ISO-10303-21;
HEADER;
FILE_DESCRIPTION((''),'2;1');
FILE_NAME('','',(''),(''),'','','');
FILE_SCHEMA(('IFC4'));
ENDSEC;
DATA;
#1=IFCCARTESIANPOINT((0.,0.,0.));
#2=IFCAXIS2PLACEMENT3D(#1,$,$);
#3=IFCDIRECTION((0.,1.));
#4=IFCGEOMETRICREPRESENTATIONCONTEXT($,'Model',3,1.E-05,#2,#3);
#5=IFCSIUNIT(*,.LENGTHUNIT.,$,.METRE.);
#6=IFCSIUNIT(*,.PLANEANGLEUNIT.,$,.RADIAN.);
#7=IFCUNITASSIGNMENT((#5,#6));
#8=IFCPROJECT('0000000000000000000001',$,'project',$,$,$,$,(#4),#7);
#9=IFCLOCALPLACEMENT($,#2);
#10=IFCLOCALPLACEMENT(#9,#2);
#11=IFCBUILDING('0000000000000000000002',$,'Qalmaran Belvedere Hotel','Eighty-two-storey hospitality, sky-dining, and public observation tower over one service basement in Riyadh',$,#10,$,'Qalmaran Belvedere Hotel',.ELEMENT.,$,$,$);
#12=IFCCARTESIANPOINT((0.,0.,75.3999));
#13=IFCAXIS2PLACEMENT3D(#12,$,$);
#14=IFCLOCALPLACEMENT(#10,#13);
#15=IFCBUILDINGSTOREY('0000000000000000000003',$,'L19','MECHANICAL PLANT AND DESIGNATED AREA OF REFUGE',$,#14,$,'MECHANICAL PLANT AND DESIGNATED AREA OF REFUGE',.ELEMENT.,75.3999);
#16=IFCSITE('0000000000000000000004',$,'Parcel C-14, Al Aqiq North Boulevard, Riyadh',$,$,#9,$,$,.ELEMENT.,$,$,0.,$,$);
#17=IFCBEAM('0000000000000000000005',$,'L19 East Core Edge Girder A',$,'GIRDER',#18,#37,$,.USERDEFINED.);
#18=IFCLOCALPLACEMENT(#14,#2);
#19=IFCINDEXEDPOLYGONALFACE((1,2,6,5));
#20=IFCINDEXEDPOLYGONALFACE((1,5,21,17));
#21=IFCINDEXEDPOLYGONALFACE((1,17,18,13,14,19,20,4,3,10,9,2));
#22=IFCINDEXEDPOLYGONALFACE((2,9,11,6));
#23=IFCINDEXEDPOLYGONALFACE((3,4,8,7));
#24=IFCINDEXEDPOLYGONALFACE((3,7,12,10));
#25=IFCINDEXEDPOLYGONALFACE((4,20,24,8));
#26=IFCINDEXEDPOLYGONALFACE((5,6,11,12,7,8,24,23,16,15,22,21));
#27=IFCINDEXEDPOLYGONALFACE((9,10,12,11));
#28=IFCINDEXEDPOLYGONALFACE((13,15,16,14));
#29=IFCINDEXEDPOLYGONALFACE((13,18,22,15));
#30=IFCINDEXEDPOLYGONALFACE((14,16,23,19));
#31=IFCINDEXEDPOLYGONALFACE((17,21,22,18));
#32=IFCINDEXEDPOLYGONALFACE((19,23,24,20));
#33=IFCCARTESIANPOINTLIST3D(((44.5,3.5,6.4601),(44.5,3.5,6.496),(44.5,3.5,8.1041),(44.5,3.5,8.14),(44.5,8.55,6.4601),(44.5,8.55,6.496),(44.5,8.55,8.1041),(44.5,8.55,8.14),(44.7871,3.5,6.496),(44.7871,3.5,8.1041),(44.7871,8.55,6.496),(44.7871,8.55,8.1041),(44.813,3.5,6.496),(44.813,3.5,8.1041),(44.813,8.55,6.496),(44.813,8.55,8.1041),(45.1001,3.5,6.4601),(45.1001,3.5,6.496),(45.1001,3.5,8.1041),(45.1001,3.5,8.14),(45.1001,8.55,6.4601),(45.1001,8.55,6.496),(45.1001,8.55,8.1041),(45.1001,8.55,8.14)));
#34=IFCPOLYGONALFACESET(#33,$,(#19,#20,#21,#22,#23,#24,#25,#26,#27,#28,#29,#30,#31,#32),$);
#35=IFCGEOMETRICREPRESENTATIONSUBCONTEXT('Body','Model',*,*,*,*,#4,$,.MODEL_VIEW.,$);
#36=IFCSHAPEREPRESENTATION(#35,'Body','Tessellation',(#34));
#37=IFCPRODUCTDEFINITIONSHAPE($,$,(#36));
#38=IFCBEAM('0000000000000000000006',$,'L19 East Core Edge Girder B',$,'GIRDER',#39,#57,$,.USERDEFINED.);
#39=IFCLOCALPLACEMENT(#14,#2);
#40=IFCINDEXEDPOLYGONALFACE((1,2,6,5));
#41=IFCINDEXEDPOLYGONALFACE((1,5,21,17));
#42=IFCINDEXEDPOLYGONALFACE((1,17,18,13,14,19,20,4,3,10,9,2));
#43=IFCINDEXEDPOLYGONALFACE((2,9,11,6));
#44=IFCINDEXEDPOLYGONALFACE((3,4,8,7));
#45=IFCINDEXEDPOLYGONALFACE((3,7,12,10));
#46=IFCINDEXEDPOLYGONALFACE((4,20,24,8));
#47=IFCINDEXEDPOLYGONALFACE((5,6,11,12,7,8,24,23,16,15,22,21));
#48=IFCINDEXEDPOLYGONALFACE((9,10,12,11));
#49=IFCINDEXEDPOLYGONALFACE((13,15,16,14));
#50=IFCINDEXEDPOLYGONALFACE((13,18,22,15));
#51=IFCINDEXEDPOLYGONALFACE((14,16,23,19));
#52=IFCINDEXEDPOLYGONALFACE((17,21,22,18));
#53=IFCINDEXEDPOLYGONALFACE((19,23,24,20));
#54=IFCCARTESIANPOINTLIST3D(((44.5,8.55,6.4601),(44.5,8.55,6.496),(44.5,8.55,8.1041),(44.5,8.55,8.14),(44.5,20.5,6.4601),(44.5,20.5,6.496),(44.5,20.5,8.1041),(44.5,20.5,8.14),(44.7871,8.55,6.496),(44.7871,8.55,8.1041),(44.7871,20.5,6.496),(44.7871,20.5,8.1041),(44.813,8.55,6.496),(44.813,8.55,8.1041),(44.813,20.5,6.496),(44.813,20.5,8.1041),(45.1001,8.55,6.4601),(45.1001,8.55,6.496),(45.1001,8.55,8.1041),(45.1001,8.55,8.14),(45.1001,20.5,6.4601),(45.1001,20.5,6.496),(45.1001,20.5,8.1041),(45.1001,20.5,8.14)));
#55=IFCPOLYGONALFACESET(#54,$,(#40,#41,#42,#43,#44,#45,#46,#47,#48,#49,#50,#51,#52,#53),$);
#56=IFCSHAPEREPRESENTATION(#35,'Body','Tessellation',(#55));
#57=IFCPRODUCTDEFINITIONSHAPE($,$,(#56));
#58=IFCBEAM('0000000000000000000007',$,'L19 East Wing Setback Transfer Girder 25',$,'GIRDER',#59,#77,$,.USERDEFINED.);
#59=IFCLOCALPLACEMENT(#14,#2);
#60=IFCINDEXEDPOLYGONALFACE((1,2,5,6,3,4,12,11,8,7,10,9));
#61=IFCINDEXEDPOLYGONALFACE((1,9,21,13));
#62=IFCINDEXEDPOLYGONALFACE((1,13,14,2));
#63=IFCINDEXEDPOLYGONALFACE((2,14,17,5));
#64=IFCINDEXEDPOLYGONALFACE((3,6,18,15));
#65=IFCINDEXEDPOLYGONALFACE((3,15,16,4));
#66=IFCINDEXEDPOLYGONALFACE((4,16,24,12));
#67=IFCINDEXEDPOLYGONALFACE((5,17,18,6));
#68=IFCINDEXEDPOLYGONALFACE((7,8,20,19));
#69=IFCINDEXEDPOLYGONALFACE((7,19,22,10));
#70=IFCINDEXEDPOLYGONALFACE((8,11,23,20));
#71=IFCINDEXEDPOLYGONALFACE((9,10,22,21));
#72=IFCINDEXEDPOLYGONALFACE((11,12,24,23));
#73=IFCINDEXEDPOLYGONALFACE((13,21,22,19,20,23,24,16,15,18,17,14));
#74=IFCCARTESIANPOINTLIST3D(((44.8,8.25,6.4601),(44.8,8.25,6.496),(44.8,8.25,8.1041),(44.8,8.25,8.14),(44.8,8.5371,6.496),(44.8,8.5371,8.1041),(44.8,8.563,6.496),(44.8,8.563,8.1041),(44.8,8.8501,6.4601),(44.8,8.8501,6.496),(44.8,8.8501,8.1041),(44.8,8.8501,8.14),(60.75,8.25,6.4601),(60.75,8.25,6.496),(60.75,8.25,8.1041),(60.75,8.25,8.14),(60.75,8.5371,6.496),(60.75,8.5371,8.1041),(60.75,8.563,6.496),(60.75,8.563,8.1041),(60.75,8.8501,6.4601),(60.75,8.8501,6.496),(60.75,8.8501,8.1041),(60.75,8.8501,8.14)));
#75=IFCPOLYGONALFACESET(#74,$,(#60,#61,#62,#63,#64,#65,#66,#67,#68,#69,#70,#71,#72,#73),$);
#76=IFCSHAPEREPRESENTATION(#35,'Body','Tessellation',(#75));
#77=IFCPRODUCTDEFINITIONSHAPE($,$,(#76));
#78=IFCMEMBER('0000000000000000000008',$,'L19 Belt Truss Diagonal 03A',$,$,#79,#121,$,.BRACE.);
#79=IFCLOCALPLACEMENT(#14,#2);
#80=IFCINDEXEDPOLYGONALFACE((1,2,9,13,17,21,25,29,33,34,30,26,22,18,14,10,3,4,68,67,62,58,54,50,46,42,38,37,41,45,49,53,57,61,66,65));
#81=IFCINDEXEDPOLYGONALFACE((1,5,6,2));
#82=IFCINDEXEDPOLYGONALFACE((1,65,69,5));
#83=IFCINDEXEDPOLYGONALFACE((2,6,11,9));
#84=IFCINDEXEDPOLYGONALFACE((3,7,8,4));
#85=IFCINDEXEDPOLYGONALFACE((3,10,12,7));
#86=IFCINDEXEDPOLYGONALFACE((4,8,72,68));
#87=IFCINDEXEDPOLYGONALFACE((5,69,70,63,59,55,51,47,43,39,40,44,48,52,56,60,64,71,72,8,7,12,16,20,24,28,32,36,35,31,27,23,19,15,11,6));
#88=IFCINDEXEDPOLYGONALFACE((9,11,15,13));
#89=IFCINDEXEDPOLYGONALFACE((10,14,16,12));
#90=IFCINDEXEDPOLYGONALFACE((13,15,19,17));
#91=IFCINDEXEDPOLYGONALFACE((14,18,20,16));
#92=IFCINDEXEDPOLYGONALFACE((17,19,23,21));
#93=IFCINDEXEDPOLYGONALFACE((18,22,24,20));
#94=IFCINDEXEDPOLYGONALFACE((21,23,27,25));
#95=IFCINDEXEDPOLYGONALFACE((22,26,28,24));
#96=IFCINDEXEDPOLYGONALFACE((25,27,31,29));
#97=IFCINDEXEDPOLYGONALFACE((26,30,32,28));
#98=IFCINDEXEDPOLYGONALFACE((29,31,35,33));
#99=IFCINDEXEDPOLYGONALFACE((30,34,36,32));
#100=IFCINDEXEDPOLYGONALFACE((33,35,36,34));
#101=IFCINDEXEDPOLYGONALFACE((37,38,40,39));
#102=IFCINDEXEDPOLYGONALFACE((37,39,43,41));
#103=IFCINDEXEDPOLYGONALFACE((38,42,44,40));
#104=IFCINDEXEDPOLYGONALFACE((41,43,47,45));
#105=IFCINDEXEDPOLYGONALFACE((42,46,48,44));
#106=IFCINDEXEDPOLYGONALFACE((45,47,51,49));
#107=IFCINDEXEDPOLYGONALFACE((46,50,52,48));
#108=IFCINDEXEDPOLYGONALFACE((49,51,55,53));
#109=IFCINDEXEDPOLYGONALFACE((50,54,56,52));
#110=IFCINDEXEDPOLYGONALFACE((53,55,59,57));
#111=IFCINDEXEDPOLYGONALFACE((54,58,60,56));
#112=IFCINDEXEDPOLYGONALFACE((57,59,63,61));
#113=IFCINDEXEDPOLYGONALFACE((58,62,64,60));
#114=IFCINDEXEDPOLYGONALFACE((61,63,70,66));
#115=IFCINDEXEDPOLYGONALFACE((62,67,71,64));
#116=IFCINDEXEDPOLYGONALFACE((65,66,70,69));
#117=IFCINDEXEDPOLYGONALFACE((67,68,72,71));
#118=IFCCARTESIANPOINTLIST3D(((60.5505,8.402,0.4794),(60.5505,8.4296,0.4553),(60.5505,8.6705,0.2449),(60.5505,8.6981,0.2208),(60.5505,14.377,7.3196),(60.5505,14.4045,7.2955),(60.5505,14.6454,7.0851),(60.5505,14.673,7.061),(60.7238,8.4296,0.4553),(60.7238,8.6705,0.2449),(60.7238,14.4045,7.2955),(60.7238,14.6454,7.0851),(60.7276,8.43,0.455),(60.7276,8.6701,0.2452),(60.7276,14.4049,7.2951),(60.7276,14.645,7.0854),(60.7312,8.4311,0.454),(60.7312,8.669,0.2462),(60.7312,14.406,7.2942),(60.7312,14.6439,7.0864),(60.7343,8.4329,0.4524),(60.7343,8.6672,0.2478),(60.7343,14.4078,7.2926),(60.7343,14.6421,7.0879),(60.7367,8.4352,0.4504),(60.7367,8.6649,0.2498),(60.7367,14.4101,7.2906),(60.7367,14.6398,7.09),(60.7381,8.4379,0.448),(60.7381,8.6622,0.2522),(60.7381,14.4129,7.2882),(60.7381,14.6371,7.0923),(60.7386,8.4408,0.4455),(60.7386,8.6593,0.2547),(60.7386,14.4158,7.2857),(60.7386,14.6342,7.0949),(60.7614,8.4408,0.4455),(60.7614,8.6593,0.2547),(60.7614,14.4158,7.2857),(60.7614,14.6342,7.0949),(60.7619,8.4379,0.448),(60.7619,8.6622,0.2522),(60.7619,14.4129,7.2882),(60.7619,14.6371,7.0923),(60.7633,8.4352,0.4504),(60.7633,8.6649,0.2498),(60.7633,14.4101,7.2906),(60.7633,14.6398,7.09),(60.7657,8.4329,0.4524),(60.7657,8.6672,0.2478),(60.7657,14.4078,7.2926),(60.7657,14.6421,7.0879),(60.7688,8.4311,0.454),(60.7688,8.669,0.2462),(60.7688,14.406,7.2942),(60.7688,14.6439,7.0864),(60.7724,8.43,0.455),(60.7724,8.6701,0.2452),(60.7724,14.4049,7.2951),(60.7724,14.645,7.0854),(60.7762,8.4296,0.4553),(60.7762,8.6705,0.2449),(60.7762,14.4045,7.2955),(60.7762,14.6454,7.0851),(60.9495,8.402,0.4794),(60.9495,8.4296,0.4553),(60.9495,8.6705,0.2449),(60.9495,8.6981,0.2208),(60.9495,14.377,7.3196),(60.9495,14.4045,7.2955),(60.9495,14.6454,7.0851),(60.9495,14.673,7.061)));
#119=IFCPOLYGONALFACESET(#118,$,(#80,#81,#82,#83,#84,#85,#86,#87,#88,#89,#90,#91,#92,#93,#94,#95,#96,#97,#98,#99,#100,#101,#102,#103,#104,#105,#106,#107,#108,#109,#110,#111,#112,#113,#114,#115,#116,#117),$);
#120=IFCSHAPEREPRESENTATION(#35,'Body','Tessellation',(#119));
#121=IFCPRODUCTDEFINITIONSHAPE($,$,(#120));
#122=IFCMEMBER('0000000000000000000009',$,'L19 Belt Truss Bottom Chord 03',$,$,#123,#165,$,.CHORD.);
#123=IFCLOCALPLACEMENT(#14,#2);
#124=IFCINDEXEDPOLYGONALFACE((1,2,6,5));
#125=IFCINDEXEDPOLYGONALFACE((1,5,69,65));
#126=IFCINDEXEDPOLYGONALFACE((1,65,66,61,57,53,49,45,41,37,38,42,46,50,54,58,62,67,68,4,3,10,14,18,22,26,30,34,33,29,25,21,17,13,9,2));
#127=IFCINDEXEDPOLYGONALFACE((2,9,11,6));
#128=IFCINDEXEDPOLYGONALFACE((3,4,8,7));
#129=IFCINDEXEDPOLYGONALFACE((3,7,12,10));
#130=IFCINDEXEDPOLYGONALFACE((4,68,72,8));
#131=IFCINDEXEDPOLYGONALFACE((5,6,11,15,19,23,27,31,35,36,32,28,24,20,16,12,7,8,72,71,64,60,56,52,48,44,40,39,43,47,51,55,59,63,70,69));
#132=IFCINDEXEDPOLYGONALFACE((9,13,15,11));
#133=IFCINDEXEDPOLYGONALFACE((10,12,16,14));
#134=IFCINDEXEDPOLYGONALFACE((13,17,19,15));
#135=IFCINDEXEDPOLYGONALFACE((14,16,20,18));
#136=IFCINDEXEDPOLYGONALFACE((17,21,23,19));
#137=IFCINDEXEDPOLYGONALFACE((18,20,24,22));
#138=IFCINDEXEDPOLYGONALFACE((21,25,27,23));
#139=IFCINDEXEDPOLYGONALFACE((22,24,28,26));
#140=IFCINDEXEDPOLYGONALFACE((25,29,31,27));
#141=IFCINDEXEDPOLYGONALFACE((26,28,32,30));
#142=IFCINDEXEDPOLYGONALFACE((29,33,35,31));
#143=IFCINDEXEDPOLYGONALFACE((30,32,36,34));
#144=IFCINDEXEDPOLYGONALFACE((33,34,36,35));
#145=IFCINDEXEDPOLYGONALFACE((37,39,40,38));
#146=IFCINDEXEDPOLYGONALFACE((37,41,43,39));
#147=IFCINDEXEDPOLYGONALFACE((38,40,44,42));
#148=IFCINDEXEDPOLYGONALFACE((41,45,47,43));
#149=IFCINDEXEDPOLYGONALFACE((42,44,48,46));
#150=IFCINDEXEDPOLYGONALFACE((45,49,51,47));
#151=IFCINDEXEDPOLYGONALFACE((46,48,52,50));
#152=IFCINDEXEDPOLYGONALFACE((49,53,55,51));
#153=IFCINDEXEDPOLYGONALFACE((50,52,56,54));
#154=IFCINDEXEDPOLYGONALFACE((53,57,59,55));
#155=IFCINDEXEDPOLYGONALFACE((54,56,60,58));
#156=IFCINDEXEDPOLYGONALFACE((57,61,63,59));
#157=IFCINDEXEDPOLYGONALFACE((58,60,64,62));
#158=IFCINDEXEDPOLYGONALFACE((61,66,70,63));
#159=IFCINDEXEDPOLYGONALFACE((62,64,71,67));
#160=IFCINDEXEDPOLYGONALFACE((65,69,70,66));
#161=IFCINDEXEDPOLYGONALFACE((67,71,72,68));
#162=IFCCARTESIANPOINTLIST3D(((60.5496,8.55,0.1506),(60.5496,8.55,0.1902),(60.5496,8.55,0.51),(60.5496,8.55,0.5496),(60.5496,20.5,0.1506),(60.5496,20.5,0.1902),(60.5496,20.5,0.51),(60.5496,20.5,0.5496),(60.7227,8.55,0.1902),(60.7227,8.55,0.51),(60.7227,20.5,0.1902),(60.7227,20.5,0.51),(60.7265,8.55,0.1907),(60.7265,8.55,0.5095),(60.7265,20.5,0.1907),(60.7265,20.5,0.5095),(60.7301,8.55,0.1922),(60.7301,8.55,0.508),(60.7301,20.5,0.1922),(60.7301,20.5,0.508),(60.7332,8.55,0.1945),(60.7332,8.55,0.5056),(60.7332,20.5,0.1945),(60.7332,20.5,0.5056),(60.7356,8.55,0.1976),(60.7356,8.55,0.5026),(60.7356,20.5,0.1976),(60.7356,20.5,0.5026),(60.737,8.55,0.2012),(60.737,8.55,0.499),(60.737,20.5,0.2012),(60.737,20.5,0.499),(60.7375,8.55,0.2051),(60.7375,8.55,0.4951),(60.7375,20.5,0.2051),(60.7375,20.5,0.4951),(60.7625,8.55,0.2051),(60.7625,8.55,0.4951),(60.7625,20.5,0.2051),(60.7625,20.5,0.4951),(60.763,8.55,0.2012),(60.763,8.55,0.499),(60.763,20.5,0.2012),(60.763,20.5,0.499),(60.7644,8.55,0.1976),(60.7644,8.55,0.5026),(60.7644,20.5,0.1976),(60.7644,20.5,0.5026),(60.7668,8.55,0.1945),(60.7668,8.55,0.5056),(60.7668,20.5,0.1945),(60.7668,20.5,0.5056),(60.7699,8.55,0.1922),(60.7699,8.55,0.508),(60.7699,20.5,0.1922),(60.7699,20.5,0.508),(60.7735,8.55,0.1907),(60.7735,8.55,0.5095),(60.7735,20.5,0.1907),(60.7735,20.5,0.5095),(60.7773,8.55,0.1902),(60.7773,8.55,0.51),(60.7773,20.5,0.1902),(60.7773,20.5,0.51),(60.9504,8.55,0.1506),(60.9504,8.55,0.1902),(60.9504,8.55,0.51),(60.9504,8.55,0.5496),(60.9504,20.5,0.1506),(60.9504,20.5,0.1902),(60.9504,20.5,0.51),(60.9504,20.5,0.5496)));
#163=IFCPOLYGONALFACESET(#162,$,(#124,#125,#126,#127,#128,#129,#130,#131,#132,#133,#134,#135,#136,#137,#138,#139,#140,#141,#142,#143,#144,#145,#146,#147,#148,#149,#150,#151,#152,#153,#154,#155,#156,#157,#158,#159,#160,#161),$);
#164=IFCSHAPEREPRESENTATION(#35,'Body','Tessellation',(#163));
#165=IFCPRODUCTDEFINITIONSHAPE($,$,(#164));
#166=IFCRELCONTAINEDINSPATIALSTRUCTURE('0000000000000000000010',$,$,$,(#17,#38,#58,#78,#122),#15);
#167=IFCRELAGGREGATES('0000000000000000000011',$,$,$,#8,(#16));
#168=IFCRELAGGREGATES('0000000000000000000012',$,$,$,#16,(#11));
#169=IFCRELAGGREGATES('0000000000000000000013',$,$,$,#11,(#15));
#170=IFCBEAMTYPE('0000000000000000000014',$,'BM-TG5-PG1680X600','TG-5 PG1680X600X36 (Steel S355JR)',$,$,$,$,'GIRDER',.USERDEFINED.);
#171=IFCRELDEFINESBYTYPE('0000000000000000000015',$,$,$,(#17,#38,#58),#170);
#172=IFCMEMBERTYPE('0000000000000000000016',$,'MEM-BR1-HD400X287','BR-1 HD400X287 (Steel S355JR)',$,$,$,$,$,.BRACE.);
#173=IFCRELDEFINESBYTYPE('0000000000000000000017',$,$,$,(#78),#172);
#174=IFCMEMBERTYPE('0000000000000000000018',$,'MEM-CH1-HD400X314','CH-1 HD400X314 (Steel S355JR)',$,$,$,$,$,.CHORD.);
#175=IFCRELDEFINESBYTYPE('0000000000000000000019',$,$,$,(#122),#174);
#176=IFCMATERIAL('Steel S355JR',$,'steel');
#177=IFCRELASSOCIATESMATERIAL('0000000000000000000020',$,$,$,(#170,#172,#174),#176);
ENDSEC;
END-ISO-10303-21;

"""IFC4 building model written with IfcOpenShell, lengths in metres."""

from ifc_helpers import new_model, si_unit, direction, frame, origin, origin_2d, place, context, subcontext, project, spatial, i_section, extrude, material, material_profile, profile_set, type_object, element, save


model = new_model("IFC4")

# Units and contexts
model_context = context("Model", 3, precision=1e-05, world=origin(), true_north=direction((0.0, 1.0)))
body_context = subcontext(model_context, "Body", "Model", "MODEL_VIEW")
ifc_project = project(units=[si_unit("LENGTHUNIT", "METRE"), si_unit("PLANEANGLEUNIT", "RADIAN")], contexts=[model_context])

# Site, building, storey
site_placement = place(None, origin())
site = spatial("IfcSite", under=ifc_project, at=site_placement, Name="Parcel C-14, Al Aqiq North Boulevard, Riyadh", CompositionType="ELEMENT", RefElevation=0.0)
building_placement = place(site_placement, origin())
building = spatial("IfcBuilding", under=site, at=building_placement, Name="Qalmaran Belvedere Hotel", Description="Eighty-two-storey hospitality, sky-dining, and public observation tower over one service basement in Riyadh", LongName="Qalmaran Belvedere Hotel", CompositionType="ELEMENT")
storey_placement = place(building_placement, frame((0.0, 0.0, 75.3999)))
storey = spatial("IfcBuildingStorey", under=building, at=storey_placement, Name="L19", Description="MECHANICAL PLANT AND DESIGNATED AREA OF REFUGE", LongName="MECHANICAL PLANT AND DESIGNATED AREA OF REFUGE", CompositionType="ELEMENT", Elevation=75.3999)

# Beams
ifc_material_1 = material(Name="Steel S355JR", Category="steel")
ifc_material_profile_1 = material_profile(ifc_material_1, i_section(OverallWidth=0.6001, OverallDepth=1.6799, WebThickness=0.0259, FlangeThickness=0.0359, at=origin_2d()), Name="PG1680X600X36")
ifc_profile_set_1 = profile_set([ifc_material_profile_1], Name="Steel S355JR")
beam_type_1 = type_object("IfcBeamType", Name="BM-TG5-PG1680X600", Description="TG-5 PG1680X600X36 (Steel S355JR)", ElementType="GIRDER", PredefinedType="USERDEFINED", material=ifc_profile_set_1)
beam_1_placement = place(storey_placement, frame((44.8, 3.5, 7.3), z_axis=(0.0, 1.0, 0.0), x_axis=(-1.0, 0.0, 0.0)))
element("IfcBeam", 1, at=beam_1_placement, inside=storey, type_object=beam_type_1, Name="L19 East Core Edge Girder A", ObjectType="GIRDER", PredefinedType="USERDEFINED", context=body_context, shape_type="SweptSolid", body=[
    extrude(i_section(OverallWidth=0.6001, OverallDepth=1.6799, WebThickness=0.0259, FlangeThickness=0.0359, at=origin_2d()), origin(), (0.0, 0.0, 1.0), 5.05),
])
beam_2_placement = place(storey_placement, frame((44.8, 8.55, 7.3), z_axis=(0.0, 1.0, 0.0), x_axis=(-1.0, 0.0, 0.0)))
element("IfcBeam", 2, at=beam_2_placement, inside=storey, type_object=beam_type_1, Name="L19 East Core Edge Girder B", ObjectType="GIRDER", PredefinedType="USERDEFINED", context=body_context, shape_type="SweptSolid", body=[
    extrude(i_section(OverallWidth=0.6001, OverallDepth=1.6799, WebThickness=0.0259, FlangeThickness=0.0359, at=origin_2d()), origin(), (0.0, 0.0, 1.0), 11.95),
])
beam_3_placement = place(storey_placement, frame((44.8, 8.55, 7.3), z_axis=(1.0, 0.0, 0.0), x_axis=(0.0, 1.0, 0.0)))
element("IfcBeam", 3, at=beam_3_placement, inside=storey, type_object=beam_type_1, Name="L19 East Wing Setback Transfer Girder 25", ObjectType="GIRDER", PredefinedType="USERDEFINED", context=body_context, shape_type="SweptSolid", body=[
    extrude(i_section(OverallWidth=0.6001, OverallDepth=1.6799, WebThickness=0.0259, FlangeThickness=0.0359, at=origin_2d()), origin(), (0.0, 0.0, 1.0), 15.95),
])

# Members
ifc_material_profile_2 = material_profile(ifc_material_1, i_section(OverallWidth=0.3989, OverallDepth=0.3931, WebThickness=0.0227, FlangeThickness=0.0366, FilletRadius=0.0149, at=origin_2d()), Name="HD400X287")
ifc_profile_set_2 = profile_set([ifc_material_profile_2], Name="Steel S355JR")
member_type_1 = type_object("IfcMemberType", Name="MEM-BR1-HD400X287", Description="BR-1 HD400X287 (Steel S355JR)", PredefinedType="BRACE", material=ifc_profile_set_2)
member_1_placement = place(storey_placement, frame((60.75, 8.55, 0.3501), z_axis=(0.0, 0.657867, 0.753134), x_axis=(-1.0, 0.0, 0.0)))
element("IfcMember", 4, at=member_1_placement, inside=storey, type_object=member_type_1, Name="L19 Belt Truss Diagonal 03A", PredefinedType="BRACE", context=body_context, shape_type="SweptSolid", body=[
    extrude(i_section(OverallWidth=0.3989, OverallDepth=0.3931, WebThickness=0.0227, FlangeThickness=0.0366, FilletRadius=0.0149, at=origin_2d()), origin(), (0.0, 0.0, 1.0), 9.0823),
])
ifc_material_profile_3 = material_profile(ifc_material_1, i_section(OverallWidth=0.4009, OverallDepth=0.3989, WebThickness=0.0249, FlangeThickness=0.0396, FilletRadius=0.0149, at=origin_2d()), Name="HD400X314")
ifc_profile_set_3 = profile_set([ifc_material_profile_3], Name="Steel S355JR")
member_type_2 = type_object("IfcMemberType", Name="MEM-CH1-HD400X314", Description="CH-1 HD400X314 (Steel S355JR)", PredefinedType="CHORD", material=ifc_profile_set_3)
member_2_placement = place(storey_placement, frame((60.75, 8.55, 0.3501), z_axis=(0.0, 1.0, 0.0), x_axis=(-1.0, 0.0, 0.0)))
element("IfcMember", 5, at=member_2_placement, inside=storey, type_object=member_type_2, Name="L19 Belt Truss Bottom Chord 03", PredefinedType="CHORD", context=body_context, shape_type="SweptSolid", body=[
    extrude(i_section(OverallWidth=0.4009, OverallDepth=0.3989, WebThickness=0.0249, FlangeThickness=0.0396, FilletRadius=0.0149, at=origin_2d()), origin(), (0.0, 0.0, 1.0), 11.95),
])

save(model, "model.ifc")
